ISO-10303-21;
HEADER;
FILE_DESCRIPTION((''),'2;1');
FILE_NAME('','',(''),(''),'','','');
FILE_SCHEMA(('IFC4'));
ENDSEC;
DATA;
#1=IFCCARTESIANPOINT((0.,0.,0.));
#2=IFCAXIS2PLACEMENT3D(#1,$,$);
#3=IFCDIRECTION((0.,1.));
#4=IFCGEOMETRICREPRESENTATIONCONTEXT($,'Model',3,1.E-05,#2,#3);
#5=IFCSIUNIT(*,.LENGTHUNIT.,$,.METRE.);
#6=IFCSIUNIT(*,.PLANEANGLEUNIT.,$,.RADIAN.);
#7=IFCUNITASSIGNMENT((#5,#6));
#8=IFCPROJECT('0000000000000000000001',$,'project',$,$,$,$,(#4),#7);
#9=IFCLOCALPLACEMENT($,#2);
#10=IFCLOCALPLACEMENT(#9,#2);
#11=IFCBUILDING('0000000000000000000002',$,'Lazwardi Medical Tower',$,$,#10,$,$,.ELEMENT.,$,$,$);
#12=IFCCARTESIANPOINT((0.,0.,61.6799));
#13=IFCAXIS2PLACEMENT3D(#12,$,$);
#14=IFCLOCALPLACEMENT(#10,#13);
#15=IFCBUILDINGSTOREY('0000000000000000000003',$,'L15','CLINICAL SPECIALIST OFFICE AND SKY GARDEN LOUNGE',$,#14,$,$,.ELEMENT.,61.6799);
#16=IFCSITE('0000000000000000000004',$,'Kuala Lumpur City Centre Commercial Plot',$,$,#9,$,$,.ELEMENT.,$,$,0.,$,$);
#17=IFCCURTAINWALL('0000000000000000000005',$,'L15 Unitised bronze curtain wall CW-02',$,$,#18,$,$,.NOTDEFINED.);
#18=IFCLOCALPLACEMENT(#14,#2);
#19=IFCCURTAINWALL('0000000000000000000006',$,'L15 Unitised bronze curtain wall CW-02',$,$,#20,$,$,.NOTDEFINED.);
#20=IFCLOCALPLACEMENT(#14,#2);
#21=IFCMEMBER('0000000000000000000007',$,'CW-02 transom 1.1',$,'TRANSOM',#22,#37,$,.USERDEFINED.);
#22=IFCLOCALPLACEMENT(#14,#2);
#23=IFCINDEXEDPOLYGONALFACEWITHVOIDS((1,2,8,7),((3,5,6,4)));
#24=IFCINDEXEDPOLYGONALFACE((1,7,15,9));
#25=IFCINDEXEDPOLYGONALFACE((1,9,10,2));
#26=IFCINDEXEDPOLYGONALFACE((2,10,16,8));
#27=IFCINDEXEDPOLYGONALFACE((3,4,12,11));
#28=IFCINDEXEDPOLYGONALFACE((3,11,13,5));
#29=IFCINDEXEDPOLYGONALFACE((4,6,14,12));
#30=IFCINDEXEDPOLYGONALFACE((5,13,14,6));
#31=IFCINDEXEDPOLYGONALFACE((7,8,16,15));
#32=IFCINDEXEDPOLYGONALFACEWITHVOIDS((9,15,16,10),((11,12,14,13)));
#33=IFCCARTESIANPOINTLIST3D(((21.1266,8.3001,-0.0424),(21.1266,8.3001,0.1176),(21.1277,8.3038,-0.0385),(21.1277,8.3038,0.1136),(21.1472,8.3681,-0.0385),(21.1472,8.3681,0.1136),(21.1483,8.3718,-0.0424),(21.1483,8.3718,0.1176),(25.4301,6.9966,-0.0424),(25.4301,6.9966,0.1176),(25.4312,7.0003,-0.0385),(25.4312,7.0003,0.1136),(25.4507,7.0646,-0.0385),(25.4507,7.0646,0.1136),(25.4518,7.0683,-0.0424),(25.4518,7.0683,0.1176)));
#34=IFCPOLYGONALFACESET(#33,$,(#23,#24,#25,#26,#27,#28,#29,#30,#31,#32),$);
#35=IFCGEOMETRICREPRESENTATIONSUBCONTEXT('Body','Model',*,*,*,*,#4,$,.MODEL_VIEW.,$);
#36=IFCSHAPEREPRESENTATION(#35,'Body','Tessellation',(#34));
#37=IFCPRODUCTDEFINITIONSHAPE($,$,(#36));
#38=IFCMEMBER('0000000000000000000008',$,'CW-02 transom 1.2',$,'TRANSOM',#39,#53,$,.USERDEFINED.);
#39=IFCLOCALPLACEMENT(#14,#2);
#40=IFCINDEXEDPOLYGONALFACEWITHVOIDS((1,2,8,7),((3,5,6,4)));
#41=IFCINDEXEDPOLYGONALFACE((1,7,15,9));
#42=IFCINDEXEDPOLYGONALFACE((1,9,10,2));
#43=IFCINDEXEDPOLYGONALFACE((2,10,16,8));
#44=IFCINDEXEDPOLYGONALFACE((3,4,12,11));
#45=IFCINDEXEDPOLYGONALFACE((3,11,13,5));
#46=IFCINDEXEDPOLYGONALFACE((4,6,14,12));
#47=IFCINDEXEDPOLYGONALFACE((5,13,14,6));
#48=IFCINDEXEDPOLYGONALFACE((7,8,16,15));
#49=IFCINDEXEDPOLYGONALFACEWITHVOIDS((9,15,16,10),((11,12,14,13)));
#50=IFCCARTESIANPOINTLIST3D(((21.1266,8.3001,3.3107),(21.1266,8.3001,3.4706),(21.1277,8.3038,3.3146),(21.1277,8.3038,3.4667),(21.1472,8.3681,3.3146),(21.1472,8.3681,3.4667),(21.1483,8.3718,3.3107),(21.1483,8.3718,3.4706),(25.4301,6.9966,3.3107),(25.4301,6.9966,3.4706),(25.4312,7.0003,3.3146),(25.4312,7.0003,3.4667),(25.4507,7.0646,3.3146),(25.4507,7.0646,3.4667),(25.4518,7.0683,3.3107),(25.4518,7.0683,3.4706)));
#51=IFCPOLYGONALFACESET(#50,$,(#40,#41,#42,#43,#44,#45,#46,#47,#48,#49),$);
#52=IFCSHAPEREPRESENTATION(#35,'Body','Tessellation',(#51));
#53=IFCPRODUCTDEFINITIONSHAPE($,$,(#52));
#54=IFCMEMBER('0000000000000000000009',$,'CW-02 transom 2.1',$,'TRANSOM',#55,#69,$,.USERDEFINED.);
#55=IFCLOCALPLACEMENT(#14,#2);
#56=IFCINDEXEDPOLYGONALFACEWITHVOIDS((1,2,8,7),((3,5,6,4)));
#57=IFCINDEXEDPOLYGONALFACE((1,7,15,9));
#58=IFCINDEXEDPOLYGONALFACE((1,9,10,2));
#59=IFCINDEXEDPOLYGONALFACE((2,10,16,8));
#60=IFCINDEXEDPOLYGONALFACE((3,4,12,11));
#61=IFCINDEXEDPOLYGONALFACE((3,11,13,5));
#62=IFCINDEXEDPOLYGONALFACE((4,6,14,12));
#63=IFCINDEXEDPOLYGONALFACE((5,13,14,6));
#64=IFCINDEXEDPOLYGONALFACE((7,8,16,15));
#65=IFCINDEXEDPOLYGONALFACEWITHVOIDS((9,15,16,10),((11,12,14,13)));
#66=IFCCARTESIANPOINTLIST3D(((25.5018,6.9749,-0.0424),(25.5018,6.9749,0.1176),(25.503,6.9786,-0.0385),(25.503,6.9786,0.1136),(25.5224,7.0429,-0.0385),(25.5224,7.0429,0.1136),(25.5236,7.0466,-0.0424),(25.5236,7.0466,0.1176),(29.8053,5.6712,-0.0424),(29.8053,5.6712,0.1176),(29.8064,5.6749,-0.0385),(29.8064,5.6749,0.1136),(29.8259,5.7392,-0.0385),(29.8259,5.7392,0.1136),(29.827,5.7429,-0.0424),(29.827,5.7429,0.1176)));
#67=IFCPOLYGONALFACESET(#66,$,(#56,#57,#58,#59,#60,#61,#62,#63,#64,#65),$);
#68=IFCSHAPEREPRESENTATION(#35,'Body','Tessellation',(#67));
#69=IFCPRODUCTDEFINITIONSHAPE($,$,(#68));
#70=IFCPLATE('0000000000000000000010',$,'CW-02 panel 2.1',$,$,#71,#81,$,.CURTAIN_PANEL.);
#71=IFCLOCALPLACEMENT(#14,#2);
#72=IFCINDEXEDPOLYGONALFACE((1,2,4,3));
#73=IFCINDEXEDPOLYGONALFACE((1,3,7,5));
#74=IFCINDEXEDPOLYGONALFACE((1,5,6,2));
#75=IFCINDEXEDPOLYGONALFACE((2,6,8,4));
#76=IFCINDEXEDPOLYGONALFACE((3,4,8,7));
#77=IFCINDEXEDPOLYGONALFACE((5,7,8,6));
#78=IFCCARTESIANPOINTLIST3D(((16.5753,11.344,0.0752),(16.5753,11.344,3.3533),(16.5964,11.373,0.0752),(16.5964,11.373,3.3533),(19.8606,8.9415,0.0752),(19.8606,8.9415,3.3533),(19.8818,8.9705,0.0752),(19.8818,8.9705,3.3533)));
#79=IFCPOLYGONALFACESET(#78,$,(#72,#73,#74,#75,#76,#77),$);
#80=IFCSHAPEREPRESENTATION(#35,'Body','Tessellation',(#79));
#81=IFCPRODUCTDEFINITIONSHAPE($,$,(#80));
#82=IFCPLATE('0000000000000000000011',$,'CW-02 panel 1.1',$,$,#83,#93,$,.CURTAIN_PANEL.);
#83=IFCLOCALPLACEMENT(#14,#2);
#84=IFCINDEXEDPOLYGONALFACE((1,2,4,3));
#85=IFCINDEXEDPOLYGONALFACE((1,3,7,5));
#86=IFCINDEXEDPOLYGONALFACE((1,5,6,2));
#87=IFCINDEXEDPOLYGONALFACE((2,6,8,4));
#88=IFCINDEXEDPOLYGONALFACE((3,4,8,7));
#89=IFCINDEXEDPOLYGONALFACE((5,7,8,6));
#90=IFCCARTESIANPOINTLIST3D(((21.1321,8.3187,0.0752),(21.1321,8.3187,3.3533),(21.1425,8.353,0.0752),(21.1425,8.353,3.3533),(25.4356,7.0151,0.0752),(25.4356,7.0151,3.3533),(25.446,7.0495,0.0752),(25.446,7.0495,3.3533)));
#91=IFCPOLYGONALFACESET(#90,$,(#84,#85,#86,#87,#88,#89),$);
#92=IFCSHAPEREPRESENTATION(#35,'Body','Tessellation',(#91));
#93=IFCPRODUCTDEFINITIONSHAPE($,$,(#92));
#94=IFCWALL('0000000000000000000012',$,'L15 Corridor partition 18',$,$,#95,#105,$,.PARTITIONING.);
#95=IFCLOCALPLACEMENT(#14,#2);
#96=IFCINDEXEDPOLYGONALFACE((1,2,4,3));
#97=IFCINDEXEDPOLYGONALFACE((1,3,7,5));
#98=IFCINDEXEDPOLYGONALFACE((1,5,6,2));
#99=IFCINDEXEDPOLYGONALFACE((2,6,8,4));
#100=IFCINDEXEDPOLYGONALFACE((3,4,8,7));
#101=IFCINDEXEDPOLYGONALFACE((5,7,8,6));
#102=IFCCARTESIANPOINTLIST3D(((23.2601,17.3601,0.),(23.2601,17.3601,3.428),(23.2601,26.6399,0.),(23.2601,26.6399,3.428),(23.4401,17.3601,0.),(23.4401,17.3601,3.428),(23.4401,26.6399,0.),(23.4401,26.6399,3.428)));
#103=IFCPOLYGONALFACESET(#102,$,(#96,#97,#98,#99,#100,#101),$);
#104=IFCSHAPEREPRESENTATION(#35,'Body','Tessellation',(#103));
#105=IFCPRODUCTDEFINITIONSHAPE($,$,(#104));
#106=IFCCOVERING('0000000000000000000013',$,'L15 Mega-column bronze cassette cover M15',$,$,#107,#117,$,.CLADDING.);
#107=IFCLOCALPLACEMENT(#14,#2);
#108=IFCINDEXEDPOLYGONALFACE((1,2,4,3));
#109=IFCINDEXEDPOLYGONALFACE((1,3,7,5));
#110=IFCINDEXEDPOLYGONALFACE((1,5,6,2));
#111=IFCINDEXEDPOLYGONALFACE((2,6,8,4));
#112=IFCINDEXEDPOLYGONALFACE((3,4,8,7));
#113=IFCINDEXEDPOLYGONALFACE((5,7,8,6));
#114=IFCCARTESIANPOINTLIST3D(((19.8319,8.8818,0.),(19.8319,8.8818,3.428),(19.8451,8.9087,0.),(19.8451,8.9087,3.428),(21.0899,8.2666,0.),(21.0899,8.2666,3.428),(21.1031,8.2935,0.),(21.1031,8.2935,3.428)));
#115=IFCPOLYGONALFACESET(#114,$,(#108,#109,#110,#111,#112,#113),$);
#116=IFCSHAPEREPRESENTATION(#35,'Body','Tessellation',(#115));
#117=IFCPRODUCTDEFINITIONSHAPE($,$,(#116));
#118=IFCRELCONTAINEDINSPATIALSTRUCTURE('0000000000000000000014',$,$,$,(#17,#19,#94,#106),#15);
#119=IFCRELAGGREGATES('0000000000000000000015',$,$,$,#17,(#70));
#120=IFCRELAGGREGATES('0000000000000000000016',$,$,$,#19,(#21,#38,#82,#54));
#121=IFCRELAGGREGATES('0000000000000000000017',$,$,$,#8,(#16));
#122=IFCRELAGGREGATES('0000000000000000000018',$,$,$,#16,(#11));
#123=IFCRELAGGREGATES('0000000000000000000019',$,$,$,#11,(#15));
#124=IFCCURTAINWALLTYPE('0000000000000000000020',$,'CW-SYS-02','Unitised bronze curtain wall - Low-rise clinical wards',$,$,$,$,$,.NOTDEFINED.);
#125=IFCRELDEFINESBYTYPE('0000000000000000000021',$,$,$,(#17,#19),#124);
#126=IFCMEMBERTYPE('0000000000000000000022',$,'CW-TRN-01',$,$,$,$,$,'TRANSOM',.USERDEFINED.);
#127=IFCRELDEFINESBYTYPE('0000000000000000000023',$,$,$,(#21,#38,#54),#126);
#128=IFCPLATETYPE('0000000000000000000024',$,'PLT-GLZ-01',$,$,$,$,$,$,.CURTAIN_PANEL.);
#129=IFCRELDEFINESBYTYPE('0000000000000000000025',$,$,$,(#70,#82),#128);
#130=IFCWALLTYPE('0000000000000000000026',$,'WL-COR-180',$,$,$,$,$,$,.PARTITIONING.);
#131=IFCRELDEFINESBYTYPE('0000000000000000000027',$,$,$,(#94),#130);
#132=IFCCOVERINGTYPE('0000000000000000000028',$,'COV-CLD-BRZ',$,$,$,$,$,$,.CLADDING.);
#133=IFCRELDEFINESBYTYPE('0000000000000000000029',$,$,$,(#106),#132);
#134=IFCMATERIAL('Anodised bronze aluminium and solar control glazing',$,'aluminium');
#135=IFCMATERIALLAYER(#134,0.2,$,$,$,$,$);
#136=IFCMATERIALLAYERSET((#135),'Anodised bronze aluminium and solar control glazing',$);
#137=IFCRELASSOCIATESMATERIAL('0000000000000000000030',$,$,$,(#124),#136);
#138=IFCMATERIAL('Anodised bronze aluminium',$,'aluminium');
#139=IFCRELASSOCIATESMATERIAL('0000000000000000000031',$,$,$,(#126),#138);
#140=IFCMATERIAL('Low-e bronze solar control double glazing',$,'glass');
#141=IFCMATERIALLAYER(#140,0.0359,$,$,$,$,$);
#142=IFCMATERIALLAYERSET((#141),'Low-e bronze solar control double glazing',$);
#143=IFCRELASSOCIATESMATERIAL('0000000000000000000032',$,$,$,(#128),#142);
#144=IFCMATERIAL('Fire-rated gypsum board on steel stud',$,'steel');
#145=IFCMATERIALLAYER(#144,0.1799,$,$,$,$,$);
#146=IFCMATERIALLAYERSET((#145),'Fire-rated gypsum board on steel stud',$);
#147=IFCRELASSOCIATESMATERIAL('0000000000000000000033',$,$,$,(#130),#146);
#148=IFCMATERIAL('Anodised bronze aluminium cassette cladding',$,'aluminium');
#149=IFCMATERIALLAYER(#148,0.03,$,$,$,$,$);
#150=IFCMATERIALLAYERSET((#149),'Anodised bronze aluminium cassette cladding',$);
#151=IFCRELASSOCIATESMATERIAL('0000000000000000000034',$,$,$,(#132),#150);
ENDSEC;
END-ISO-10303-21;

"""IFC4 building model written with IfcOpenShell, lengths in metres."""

from ifc_helpers import new_model, si_unit, direction, frame, frame_2d, origin, origin_2d, place, context, subcontext, project, spatial, rectangle, hollow_rectangle, extrude, material, layer, layer_set, material_profile, profile_set, type_object, element, aggregate, save


model = new_model("IFC4")

# Units and contexts
model_context = context("Model", 3, precision=1e-05, world=origin(), true_north=direction((0.0, 1.0)))
body_context = subcontext(model_context, "Body", "Model", "MODEL_VIEW")
ifc_project = project(units=[si_unit("LENGTHUNIT", "METRE"), si_unit("PLANEANGLEUNIT", "RADIAN")], contexts=[model_context])

# Site, building, storey
site_placement = place(None, origin())
site = spatial("IfcSite", under=ifc_project, at=site_placement, Name="Kuala Lumpur City Centre Commercial Plot", CompositionType="ELEMENT", RefElevation=0.0)
building_placement = place(site_placement, origin())
building = spatial("IfcBuilding", under=site, at=building_placement, Name="Lazwardi Medical Tower", CompositionType="ELEMENT")
storey_placement = place(building_placement, frame((0.0, 0.0, 61.6799)))
storey = spatial("IfcBuildingStorey", under=building, at=storey_placement, Name="L15", Description="CLINICAL SPECIALIST OFFICE AND SKY GARDEN LOUNGE", CompositionType="ELEMENT", Elevation=61.6799)

# Curtain wall
ifc_material_1 = material(Name="Anodised bronze aluminium and solar control glazing", Category="aluminium")
ifc_layer_1 = layer(ifc_material_1, 0.2)
ifc_layer_set_1 = layer_set([ifc_layer_1], Name="Anodised bronze aluminium and solar control glazing")
curtain_wall_type = type_object("IfcCurtainWallType", Name="CW-SYS-02", Description="Unitised bronze curtain wall - Low-rise clinical wards", PredefinedType="NOTDEFINED", material=ifc_layer_set_1)
curtain_wall_1_placement = place(storey_placement, origin())
curtain_wall_1 = element("IfcCurtainWall", 1, at=curtain_wall_1_placement, inside=storey, type_object=curtain_wall_type, Name="L15 Unitised bronze curtain wall CW-02", PredefinedType="NOTDEFINED")
ifc_material_2 = material(Name="Anodised bronze aluminium", Category="aluminium")

# Curtain wall
curtain_wall_2_placement = place(storey_placement, origin())
curtain_wall_2 = element("IfcCurtainWall", 2, at=curtain_wall_2_placement, inside=storey, type_object=curtain_wall_type, Name="L15 Unitised bronze curtain wall CW-02", PredefinedType="NOTDEFINED")

# Members
ifc_material_profile_1 = material_profile(ifc_material_2, hollow_rectangle(XDim=0.075, YDim=0.1599, WallThickness=0.0039, at=origin_2d()), Name="ALU-TRANSOM 160x75x4")
ifc_profile_set_1 = profile_set([ifc_material_profile_1], Name="Anodised bronze aluminium")
member_type_1 = type_object("IfcMemberType", Name="CW-TRN-01", ElementType="TRANSOM", PredefinedType="USERDEFINED", material=ifc_profile_set_1)
member_1_placement = place(storey_placement, frame((21.1375, 8.3359, 0.0376), z_axis=(0.957062, -0.289882, 0.0), x_axis=(0.289882, 0.957062, 0.0)))
member_1 = element("IfcMember", 3, at=member_1_placement, type_object=member_type_1, Name="CW-02 transom 1.1", ObjectType="TRANSOM", PredefinedType="USERDEFINED", context=body_context, shape_type="SweptSolid", body=[
    extrude(hollow_rectangle(XDim=0.075, YDim=0.1599, WallThickness=0.0039, at=origin_2d()), origin(), (0.0, 0.0, 1.0), 4.4966),
])
member_2_placement = place(storey_placement, frame((21.1375, 8.3359, 3.3906), z_axis=(0.957062, -0.289882, 0.0), x_axis=(0.289882, 0.957062, 0.0)))
member_2 = element("IfcMember", 4, at=member_2_placement, type_object=member_type_1, Name="CW-02 transom 1.2", ObjectType="TRANSOM", PredefinedType="USERDEFINED", context=body_context, shape_type="SweptSolid", body=[
    extrude(hollow_rectangle(XDim=0.075, YDim=0.1599, WallThickness=0.0039, at=origin_2d()), origin(), (0.0, 0.0, 1.0), 4.4966),
])
member_3_placement = place(storey_placement, frame((25.5127, 7.0107, 0.0376), z_axis=(0.957047, -0.289932, 0.0), x_axis=(0.289932, 0.957047, 0.0)))
member_3 = element("IfcMember", 5, at=member_3_placement, type_object=member_type_1, Name="CW-02 transom 2.1", ObjectType="TRANSOM", PredefinedType="USERDEFINED", context=body_context, shape_type="SweptSolid", body=[
    extrude(hollow_rectangle(XDim=0.075, YDim=0.1599, WallThickness=0.0039, at=origin_2d()), origin(), (0.0, 0.0, 1.0), 4.4966),
])

# Plates
ifc_material_3 = material(Name="Low-e bronze solar control double glazing", Category="glass")
ifc_layer_2 = layer(ifc_material_3, 0.0359)
ifc_layer_set_2 = layer_set([ifc_layer_2], Name="Low-e bronze solar control double glazing")
plate_type = type_object("IfcPlateType", Name="PLT-GLZ-01", PredefinedType="CURTAIN_PANEL", material=ifc_layer_set_2)
plate_1_placement = place(storey_placement, frame((18.2285, 10.1572, 0.0752), z_axis=(0.0, 0.0, 1.0), x_axis=(0.807192, -0.590289, 0.0)))
plate_1 = element("IfcPlate", 6, at=plate_1_placement, type_object=plate_type, Name="CW-02 panel 2.1", PredefinedType="CURTAIN_PANEL", context=body_context, shape_type="SweptSolid", body=[
    extrude(rectangle(XDim=4.0701, YDim=0.0359, at=origin_2d()), origin(), (0.0, 0.0, 1.0), 3.2781),
])
aggregate(curtain_wall_1, [plate_1])
plate_2_placement = place(storey_placement, frame((23.2891, 7.6841, 0.0752), z_axis=(0.0, 0.0, 1.0), x_axis=(0.957058, -0.289896, 0.0)))
plate_2 = element("IfcPlate", 7, at=plate_2_placement, type_object=plate_type, Name="CW-02 panel 1.1", PredefinedType="CURTAIN_PANEL", context=body_context, shape_type="SweptSolid", body=[
    extrude(rectangle(XDim=4.4966, YDim=0.0359, at=origin_2d()), origin(), (0.0, 0.0, 1.0), 3.2781),
])
aggregate(curtain_wall_2, [member_1, member_2, plate_2, member_3])

# Wall
ifc_material_4 = material(Name="Fire-rated gypsum board on steel stud", Category="steel")
ifc_layer_3 = layer(ifc_material_4, 0.1799)
ifc_layer_set_3 = layer_set([ifc_layer_3], Name="Fire-rated gypsum board on steel stud")
wall_type = type_object("IfcWallType", Name="WL-COR-180", PredefinedType="PARTITIONING", material=ifc_layer_set_3)
wall_placement = place(storey_placement, frame((23.3501, 17.3601, 0.0), z_axis=(0.0, 0.0, 1.0), x_axis=(0.0, 1.0, 0.0)))
element("IfcWall", 8, at=wall_placement, inside=storey, type_object=wall_type, Name="L15 Corridor partition 18", PredefinedType="PARTITIONING", context=body_context, shape_type="SweptSolid", body=[
    extrude(rectangle(XDim=9.2798, YDim=0.1799, at=frame_2d((4.6399, 0.0))), origin(), (0.0, 0.0, 1.0), 3.428),
])

# Covering
ifc_material_5 = material(Name="Anodised bronze aluminium cassette cladding", Category="aluminium")
ifc_layer_4 = layer(ifc_material_5, 0.03)
ifc_layer_set_4 = layer_set([ifc_layer_4], Name="Anodised bronze aluminium cassette cladding")
covering_type = type_object("IfcCoveringType", Name="COV-CLD-BRZ", PredefinedType="CLADDING", material=ifc_layer_set_4)
covering_placement = place(storey_placement, frame((20.4675, 8.5876, 0.0), z_axis=(0.0, 0.0, 1.0), x_axis=(0.898334, -0.439312, 0.0)))
element("IfcCovering", 9, at=covering_placement, inside=storey, type_object=covering_type, Name="L15 Mega-column bronze cassette cover M15", PredefinedType="CLADDING", context=body_context, shape_type="SweptSolid", body=[
    extrude(rectangle(XDim=1.4004, YDim=0.03, at=origin_2d()), origin(), (0.0, 0.0, 1.0), 3.428),
])

save(model, "model.ifc")
